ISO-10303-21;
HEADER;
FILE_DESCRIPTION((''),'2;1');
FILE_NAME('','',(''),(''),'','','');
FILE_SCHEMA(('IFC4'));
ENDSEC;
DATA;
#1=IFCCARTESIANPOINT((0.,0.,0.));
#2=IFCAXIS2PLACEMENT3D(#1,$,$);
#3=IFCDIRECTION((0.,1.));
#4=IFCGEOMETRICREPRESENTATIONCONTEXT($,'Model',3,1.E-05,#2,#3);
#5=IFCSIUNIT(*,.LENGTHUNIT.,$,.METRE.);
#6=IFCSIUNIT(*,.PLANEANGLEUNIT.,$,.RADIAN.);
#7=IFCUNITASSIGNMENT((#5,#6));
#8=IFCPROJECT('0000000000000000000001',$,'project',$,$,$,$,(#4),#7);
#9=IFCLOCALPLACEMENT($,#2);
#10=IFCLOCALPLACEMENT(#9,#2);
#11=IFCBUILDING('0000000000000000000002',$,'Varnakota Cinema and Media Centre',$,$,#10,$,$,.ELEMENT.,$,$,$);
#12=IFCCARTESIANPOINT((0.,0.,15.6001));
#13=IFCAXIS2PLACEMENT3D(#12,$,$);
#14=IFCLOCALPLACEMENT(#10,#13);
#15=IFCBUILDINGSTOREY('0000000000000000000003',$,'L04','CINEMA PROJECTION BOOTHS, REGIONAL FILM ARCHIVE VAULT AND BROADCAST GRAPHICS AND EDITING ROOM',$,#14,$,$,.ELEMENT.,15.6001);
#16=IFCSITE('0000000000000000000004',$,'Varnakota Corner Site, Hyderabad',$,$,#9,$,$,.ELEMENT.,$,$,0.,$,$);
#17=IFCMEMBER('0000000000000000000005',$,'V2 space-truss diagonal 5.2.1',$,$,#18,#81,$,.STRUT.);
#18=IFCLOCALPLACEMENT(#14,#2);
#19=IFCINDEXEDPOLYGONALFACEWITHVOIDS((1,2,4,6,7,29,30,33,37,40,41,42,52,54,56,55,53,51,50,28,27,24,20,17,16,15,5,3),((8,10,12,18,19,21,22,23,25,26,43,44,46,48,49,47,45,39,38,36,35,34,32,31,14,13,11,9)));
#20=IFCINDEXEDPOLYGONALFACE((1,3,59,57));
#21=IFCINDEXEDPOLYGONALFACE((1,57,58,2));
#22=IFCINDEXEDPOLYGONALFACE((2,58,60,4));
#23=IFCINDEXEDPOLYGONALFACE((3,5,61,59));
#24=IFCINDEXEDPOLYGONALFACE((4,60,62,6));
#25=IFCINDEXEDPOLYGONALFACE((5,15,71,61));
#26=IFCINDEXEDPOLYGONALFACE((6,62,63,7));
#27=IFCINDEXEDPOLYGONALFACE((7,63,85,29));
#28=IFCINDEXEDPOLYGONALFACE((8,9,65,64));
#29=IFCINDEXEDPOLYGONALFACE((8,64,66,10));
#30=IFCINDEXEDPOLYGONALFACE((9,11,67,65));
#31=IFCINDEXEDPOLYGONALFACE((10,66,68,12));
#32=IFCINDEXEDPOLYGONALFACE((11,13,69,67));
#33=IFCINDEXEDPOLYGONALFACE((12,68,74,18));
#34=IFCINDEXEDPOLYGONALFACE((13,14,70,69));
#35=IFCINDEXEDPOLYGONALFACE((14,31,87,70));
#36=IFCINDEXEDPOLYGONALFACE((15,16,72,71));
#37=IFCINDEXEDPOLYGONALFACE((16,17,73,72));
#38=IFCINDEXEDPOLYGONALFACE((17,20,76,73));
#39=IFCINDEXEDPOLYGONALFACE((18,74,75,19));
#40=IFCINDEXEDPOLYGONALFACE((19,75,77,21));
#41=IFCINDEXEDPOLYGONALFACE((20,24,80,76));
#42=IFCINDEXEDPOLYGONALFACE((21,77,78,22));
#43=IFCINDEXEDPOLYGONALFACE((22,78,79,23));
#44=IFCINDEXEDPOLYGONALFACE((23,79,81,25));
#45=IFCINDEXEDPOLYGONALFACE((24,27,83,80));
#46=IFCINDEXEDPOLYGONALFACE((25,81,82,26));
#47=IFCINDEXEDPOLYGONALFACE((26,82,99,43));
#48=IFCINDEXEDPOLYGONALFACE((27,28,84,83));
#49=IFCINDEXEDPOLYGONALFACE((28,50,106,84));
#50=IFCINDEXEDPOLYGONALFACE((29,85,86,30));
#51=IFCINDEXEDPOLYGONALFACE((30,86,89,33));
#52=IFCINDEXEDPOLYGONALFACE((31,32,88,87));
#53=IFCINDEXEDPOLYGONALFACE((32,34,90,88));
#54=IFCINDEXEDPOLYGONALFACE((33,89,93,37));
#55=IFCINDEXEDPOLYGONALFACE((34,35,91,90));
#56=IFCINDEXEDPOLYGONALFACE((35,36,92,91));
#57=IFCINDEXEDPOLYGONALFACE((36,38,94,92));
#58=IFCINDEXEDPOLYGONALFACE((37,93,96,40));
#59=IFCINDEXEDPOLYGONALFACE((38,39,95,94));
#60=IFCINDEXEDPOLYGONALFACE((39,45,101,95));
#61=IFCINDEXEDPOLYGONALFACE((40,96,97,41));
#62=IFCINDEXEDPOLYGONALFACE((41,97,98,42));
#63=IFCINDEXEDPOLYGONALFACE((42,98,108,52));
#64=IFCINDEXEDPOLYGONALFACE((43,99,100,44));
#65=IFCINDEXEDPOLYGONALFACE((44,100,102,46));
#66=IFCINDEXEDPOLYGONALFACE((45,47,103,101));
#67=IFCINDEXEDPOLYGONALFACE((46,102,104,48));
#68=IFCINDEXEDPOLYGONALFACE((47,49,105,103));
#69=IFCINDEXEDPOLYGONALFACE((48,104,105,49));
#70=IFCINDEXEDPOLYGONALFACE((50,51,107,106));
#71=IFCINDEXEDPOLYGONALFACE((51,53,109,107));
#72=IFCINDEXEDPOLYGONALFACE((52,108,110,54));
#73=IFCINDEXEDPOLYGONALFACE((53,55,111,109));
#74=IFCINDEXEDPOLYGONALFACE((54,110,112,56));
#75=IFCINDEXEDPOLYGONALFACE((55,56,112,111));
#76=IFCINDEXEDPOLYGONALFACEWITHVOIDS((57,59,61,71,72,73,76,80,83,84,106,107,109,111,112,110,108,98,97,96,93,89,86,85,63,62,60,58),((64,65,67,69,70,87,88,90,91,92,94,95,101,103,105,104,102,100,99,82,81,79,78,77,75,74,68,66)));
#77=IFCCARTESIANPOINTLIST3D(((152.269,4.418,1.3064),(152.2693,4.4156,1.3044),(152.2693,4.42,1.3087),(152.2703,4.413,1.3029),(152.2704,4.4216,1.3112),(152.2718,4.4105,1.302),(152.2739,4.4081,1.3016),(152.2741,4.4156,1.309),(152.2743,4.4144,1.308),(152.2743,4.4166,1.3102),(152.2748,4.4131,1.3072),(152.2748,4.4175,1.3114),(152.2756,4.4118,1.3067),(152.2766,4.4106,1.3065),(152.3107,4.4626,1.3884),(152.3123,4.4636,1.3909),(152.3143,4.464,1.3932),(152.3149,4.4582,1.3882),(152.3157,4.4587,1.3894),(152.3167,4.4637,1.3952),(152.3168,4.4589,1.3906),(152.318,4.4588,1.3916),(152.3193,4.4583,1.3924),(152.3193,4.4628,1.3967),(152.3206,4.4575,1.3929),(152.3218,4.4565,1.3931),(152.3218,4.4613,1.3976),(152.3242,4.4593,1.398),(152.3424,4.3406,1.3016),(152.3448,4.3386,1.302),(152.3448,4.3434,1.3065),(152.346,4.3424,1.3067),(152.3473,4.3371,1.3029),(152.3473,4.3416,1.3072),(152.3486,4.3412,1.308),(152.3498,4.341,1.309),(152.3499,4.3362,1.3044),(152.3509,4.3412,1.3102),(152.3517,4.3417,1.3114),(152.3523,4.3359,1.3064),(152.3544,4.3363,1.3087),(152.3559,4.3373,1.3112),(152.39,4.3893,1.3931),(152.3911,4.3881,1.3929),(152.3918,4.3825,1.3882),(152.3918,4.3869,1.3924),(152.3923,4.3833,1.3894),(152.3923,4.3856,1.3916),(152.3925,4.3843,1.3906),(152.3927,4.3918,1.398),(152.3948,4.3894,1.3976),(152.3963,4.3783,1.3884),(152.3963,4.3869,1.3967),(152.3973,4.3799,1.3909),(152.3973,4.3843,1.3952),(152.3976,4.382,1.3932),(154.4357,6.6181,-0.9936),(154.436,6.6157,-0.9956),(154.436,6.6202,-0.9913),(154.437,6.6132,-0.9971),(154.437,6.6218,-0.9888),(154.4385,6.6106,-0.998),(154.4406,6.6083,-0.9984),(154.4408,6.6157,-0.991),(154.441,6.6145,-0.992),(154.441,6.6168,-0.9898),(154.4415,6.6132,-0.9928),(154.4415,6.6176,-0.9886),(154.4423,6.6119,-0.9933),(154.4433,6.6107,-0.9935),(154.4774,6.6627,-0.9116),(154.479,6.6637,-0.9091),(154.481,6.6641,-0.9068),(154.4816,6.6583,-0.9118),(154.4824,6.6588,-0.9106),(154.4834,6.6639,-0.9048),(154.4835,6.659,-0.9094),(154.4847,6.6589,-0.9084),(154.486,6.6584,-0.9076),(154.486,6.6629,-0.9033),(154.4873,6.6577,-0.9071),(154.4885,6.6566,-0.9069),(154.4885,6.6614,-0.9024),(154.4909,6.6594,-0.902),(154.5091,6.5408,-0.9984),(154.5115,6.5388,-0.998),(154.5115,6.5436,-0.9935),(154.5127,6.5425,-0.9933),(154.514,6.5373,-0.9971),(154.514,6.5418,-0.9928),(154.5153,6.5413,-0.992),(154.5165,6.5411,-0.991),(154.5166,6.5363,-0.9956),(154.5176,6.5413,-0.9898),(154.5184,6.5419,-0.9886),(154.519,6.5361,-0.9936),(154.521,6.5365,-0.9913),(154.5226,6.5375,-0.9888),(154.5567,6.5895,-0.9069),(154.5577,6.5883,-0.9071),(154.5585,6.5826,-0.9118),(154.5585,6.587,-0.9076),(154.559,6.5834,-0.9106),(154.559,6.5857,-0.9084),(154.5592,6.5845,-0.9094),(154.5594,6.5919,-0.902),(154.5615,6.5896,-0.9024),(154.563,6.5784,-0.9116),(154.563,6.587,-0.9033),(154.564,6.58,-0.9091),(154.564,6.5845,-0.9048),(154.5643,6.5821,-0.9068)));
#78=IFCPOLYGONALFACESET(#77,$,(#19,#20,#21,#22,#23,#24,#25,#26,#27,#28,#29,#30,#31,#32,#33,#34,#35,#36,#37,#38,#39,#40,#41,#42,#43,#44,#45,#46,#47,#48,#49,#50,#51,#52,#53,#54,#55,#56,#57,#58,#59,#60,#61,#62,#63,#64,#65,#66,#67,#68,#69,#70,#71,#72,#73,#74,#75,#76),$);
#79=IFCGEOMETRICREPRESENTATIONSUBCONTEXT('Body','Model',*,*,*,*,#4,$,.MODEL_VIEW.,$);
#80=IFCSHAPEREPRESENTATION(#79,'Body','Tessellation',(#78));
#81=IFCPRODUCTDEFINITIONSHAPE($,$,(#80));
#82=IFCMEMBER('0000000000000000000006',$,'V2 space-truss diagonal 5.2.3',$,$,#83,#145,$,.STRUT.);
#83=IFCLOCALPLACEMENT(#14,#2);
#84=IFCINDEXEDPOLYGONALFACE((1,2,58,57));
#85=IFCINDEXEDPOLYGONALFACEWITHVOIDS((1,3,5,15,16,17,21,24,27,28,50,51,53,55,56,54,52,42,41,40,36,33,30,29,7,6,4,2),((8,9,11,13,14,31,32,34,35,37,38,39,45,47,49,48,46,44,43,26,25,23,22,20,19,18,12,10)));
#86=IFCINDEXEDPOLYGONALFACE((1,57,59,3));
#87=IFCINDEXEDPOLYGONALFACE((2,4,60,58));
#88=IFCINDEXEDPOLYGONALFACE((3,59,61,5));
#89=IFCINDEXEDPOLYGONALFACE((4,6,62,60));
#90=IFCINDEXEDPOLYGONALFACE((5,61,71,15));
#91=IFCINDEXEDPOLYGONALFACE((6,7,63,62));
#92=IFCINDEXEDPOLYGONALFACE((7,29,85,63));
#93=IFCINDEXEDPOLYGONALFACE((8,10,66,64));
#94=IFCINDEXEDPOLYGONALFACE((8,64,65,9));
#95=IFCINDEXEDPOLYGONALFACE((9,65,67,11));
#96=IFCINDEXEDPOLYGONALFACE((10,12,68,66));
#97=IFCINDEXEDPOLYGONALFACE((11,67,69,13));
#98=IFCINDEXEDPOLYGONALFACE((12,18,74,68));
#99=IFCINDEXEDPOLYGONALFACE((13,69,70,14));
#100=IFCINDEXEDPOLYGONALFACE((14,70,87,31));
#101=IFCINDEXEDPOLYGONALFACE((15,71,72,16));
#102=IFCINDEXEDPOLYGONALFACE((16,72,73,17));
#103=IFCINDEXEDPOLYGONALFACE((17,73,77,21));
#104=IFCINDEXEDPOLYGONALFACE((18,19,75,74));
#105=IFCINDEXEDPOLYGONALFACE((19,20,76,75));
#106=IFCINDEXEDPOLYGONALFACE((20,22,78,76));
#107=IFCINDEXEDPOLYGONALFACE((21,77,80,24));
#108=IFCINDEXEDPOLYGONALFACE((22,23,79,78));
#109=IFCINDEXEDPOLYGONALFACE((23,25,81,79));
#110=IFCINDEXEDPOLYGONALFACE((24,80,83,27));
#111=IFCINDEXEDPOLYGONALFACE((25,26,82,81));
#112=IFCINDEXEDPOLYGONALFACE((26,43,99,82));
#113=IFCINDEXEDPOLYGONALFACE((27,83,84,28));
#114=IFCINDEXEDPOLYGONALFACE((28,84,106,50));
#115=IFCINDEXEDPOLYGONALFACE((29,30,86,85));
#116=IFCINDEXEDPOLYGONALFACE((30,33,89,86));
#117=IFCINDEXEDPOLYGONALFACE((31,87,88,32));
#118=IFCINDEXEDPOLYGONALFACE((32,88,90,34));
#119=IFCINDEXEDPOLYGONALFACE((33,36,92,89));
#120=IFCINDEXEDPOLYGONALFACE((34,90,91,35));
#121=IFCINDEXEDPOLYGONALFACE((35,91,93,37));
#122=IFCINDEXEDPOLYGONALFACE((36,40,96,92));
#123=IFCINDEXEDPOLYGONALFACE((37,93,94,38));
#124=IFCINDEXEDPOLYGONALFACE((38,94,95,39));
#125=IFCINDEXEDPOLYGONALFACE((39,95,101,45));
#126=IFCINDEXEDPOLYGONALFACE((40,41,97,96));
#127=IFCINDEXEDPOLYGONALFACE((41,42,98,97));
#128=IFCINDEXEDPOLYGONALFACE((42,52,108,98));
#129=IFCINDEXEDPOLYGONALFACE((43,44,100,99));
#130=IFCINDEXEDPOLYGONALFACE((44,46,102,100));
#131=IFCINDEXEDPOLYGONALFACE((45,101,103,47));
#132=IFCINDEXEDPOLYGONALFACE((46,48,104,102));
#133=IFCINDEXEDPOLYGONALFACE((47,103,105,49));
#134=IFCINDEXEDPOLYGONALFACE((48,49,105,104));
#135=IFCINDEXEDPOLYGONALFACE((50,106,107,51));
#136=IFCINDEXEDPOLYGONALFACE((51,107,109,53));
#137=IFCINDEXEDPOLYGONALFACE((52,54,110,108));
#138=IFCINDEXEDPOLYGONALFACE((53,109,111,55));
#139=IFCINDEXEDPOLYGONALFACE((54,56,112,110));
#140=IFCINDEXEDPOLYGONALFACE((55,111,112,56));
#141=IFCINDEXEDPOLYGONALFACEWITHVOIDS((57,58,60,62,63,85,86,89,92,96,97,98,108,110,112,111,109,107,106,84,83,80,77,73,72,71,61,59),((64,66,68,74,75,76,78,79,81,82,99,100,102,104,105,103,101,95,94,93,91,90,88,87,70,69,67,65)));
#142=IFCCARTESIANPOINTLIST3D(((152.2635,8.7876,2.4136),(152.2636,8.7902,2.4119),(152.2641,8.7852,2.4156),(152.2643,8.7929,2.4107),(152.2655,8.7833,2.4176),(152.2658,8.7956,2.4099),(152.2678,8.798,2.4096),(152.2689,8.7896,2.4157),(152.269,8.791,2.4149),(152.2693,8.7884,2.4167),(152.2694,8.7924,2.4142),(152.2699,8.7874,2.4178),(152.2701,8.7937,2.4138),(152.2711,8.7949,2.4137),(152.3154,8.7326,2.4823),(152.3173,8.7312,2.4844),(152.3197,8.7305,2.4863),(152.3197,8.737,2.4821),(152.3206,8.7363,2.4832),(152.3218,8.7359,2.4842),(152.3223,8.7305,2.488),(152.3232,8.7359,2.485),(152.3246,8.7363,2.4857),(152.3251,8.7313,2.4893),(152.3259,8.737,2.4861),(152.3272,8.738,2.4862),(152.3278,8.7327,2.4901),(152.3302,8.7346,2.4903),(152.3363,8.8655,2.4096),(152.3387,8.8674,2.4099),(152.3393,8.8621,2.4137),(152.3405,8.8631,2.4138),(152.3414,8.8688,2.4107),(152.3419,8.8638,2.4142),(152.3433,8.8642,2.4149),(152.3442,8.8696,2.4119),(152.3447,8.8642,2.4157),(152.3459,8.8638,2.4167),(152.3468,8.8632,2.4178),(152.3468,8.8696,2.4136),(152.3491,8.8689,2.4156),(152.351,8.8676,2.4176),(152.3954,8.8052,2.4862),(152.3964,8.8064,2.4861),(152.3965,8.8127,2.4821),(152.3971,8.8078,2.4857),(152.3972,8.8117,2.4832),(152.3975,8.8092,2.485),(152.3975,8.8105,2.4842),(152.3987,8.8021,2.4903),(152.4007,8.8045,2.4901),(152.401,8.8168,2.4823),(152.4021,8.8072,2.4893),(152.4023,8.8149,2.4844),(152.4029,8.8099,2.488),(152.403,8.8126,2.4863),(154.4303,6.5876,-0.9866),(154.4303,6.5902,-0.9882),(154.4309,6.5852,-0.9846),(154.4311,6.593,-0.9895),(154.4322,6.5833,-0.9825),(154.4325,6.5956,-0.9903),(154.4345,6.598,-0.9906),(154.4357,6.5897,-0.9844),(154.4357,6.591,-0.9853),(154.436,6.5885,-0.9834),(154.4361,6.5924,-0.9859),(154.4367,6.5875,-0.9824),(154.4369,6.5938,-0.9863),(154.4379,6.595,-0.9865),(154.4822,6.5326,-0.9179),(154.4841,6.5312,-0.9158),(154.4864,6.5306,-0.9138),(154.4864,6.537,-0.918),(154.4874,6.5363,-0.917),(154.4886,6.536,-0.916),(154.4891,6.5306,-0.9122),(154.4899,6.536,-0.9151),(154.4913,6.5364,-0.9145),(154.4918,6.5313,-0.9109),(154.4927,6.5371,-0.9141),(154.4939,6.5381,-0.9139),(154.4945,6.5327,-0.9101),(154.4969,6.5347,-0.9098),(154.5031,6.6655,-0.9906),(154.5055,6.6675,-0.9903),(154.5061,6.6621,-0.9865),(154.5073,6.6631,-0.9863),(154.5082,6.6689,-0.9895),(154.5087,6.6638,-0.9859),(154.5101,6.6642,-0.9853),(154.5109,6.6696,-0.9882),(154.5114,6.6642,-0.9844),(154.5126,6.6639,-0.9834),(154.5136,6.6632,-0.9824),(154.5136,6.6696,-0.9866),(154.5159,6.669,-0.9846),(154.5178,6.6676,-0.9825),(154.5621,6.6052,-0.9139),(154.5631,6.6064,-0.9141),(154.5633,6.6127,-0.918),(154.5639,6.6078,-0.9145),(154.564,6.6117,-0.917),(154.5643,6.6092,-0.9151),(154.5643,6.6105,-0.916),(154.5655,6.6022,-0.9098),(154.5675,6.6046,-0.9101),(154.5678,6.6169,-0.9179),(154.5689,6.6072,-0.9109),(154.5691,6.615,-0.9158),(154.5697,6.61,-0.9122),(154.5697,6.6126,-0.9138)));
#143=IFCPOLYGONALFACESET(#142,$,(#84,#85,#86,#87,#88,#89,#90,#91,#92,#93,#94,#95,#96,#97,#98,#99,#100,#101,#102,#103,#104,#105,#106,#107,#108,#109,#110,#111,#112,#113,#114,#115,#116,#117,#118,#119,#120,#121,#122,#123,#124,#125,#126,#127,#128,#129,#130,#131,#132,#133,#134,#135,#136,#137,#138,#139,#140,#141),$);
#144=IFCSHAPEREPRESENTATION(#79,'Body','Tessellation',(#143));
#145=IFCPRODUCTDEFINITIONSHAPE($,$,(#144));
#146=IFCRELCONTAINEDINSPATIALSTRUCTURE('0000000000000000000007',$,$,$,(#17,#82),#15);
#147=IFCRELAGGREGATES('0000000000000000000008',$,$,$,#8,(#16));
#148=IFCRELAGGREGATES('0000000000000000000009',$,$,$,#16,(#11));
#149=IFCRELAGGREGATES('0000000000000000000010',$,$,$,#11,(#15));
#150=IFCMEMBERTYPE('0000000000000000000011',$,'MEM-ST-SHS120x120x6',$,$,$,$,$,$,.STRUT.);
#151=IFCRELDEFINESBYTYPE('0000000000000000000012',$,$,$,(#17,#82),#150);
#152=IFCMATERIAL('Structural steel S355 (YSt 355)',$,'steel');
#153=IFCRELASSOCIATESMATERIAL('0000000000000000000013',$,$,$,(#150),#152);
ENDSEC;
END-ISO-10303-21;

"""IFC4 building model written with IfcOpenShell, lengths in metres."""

from ifc_helpers import new_model, si_unit, direction, frame, origin, origin_2d, place, context, subcontext, project, spatial, hollow_rectangle, extrude, material, material_profile, profile_set, type_object, element, save


model = new_model("IFC4")

# Units and contexts
model_context = context("Model", 3, precision=1e-05, world=origin(), true_north=direction((0.0, 1.0)))
body_context = subcontext(model_context, "Body", "Model", "MODEL_VIEW")
ifc_project = project(units=[si_unit("LENGTHUNIT", "METRE"), si_unit("PLANEANGLEUNIT", "RADIAN")], contexts=[model_context])

# Site, building, storey
site_placement = place(None, origin())
site = spatial("IfcSite", under=ifc_project, at=site_placement, Name="Varnakota Corner Site, Hyderabad", CompositionType="ELEMENT", RefElevation=0.0)
building_placement = place(site_placement, origin())
building = spatial("IfcBuilding", under=site, at=building_placement, Name="Varnakota Cinema and Media Centre", CompositionType="ELEMENT")
storey_placement = place(building_placement, frame((0.0, 0.0, 15.6001)))
storey = spatial("IfcBuildingStorey", under=building, at=storey_placement, Name="L04", Description="CINEMA PROJECTION BOOTHS, REGIONAL FILM ARCHIVE VAULT AND BROADCAST GRAPHICS AND EDITING ROOM", CompositionType="ELEMENT", Elevation=15.6001)

# Members
ifc_material_1 = material(Name="Structural steel S355 (YSt 355)", Category="steel")
ifc_material_profile_1 = material_profile(ifc_material_1, hollow_rectangle(XDim=0.1201, YDim=0.1201, WallThickness=0.0061, InnerFilletRadius=0.0061, OuterFilletRadius=0.012, at=origin_2d()), Name="SHS 120x120x6")
ifc_profile_set_1 = profile_set([ifc_material_profile_1], Name="Structural steel S355 (YSt 355)")
member_type_1 = type_object("IfcMemberType", Name="MEM-ST-SHS120x120x6", PredefinedType="STRUT", material=ifc_profile_set_1)
member_1_placement = place(storey_placement, frame((154.5, 6.6001, -0.9502), z_axis=(-0.562728, -0.571414, 0.597347), x_axis=(0.712502, -0.70167, 0.0)))
element("IfcMember", 1, at=member_1_placement, inside=storey, type_object=member_type_1, Name="V2 space-truss diagonal 5.2.1", PredefinedType="STRUT", context=body_context, shape_type="SweptSolid", body=[
    extrude(hollow_rectangle(XDim=0.1201, YDim=0.1201, WallThickness=0.0061, InnerFilletRadius=0.0061, OuterFilletRadius=0.012, at=origin_2d()), origin(), (0.0, 0.0, 1.0), 3.8503),
])
member_2_placement = place(storey_placement, frame((154.5, 6.6001, -0.9502), z_axis=(-0.471751, 0.47898, 0.74029), x_axis=(-0.712463, -0.70171, 0.0)))
element("IfcMember", 2, at=member_2_placement, inside=storey, type_object=member_type_1, Name="V2 space-truss diagonal 5.2.3", PredefinedType="STRUT", context=body_context, shape_type="SweptSolid", body=[
    extrude(hollow_rectangle(XDim=0.1201, YDim=0.1201, WallThickness=0.0061, InnerFilletRadius=0.0061, OuterFilletRadius=0.012, at=origin_2d()), origin(), (0.0, 0.0, 1.0), 4.593),
])

save(model, "model.ifc")
